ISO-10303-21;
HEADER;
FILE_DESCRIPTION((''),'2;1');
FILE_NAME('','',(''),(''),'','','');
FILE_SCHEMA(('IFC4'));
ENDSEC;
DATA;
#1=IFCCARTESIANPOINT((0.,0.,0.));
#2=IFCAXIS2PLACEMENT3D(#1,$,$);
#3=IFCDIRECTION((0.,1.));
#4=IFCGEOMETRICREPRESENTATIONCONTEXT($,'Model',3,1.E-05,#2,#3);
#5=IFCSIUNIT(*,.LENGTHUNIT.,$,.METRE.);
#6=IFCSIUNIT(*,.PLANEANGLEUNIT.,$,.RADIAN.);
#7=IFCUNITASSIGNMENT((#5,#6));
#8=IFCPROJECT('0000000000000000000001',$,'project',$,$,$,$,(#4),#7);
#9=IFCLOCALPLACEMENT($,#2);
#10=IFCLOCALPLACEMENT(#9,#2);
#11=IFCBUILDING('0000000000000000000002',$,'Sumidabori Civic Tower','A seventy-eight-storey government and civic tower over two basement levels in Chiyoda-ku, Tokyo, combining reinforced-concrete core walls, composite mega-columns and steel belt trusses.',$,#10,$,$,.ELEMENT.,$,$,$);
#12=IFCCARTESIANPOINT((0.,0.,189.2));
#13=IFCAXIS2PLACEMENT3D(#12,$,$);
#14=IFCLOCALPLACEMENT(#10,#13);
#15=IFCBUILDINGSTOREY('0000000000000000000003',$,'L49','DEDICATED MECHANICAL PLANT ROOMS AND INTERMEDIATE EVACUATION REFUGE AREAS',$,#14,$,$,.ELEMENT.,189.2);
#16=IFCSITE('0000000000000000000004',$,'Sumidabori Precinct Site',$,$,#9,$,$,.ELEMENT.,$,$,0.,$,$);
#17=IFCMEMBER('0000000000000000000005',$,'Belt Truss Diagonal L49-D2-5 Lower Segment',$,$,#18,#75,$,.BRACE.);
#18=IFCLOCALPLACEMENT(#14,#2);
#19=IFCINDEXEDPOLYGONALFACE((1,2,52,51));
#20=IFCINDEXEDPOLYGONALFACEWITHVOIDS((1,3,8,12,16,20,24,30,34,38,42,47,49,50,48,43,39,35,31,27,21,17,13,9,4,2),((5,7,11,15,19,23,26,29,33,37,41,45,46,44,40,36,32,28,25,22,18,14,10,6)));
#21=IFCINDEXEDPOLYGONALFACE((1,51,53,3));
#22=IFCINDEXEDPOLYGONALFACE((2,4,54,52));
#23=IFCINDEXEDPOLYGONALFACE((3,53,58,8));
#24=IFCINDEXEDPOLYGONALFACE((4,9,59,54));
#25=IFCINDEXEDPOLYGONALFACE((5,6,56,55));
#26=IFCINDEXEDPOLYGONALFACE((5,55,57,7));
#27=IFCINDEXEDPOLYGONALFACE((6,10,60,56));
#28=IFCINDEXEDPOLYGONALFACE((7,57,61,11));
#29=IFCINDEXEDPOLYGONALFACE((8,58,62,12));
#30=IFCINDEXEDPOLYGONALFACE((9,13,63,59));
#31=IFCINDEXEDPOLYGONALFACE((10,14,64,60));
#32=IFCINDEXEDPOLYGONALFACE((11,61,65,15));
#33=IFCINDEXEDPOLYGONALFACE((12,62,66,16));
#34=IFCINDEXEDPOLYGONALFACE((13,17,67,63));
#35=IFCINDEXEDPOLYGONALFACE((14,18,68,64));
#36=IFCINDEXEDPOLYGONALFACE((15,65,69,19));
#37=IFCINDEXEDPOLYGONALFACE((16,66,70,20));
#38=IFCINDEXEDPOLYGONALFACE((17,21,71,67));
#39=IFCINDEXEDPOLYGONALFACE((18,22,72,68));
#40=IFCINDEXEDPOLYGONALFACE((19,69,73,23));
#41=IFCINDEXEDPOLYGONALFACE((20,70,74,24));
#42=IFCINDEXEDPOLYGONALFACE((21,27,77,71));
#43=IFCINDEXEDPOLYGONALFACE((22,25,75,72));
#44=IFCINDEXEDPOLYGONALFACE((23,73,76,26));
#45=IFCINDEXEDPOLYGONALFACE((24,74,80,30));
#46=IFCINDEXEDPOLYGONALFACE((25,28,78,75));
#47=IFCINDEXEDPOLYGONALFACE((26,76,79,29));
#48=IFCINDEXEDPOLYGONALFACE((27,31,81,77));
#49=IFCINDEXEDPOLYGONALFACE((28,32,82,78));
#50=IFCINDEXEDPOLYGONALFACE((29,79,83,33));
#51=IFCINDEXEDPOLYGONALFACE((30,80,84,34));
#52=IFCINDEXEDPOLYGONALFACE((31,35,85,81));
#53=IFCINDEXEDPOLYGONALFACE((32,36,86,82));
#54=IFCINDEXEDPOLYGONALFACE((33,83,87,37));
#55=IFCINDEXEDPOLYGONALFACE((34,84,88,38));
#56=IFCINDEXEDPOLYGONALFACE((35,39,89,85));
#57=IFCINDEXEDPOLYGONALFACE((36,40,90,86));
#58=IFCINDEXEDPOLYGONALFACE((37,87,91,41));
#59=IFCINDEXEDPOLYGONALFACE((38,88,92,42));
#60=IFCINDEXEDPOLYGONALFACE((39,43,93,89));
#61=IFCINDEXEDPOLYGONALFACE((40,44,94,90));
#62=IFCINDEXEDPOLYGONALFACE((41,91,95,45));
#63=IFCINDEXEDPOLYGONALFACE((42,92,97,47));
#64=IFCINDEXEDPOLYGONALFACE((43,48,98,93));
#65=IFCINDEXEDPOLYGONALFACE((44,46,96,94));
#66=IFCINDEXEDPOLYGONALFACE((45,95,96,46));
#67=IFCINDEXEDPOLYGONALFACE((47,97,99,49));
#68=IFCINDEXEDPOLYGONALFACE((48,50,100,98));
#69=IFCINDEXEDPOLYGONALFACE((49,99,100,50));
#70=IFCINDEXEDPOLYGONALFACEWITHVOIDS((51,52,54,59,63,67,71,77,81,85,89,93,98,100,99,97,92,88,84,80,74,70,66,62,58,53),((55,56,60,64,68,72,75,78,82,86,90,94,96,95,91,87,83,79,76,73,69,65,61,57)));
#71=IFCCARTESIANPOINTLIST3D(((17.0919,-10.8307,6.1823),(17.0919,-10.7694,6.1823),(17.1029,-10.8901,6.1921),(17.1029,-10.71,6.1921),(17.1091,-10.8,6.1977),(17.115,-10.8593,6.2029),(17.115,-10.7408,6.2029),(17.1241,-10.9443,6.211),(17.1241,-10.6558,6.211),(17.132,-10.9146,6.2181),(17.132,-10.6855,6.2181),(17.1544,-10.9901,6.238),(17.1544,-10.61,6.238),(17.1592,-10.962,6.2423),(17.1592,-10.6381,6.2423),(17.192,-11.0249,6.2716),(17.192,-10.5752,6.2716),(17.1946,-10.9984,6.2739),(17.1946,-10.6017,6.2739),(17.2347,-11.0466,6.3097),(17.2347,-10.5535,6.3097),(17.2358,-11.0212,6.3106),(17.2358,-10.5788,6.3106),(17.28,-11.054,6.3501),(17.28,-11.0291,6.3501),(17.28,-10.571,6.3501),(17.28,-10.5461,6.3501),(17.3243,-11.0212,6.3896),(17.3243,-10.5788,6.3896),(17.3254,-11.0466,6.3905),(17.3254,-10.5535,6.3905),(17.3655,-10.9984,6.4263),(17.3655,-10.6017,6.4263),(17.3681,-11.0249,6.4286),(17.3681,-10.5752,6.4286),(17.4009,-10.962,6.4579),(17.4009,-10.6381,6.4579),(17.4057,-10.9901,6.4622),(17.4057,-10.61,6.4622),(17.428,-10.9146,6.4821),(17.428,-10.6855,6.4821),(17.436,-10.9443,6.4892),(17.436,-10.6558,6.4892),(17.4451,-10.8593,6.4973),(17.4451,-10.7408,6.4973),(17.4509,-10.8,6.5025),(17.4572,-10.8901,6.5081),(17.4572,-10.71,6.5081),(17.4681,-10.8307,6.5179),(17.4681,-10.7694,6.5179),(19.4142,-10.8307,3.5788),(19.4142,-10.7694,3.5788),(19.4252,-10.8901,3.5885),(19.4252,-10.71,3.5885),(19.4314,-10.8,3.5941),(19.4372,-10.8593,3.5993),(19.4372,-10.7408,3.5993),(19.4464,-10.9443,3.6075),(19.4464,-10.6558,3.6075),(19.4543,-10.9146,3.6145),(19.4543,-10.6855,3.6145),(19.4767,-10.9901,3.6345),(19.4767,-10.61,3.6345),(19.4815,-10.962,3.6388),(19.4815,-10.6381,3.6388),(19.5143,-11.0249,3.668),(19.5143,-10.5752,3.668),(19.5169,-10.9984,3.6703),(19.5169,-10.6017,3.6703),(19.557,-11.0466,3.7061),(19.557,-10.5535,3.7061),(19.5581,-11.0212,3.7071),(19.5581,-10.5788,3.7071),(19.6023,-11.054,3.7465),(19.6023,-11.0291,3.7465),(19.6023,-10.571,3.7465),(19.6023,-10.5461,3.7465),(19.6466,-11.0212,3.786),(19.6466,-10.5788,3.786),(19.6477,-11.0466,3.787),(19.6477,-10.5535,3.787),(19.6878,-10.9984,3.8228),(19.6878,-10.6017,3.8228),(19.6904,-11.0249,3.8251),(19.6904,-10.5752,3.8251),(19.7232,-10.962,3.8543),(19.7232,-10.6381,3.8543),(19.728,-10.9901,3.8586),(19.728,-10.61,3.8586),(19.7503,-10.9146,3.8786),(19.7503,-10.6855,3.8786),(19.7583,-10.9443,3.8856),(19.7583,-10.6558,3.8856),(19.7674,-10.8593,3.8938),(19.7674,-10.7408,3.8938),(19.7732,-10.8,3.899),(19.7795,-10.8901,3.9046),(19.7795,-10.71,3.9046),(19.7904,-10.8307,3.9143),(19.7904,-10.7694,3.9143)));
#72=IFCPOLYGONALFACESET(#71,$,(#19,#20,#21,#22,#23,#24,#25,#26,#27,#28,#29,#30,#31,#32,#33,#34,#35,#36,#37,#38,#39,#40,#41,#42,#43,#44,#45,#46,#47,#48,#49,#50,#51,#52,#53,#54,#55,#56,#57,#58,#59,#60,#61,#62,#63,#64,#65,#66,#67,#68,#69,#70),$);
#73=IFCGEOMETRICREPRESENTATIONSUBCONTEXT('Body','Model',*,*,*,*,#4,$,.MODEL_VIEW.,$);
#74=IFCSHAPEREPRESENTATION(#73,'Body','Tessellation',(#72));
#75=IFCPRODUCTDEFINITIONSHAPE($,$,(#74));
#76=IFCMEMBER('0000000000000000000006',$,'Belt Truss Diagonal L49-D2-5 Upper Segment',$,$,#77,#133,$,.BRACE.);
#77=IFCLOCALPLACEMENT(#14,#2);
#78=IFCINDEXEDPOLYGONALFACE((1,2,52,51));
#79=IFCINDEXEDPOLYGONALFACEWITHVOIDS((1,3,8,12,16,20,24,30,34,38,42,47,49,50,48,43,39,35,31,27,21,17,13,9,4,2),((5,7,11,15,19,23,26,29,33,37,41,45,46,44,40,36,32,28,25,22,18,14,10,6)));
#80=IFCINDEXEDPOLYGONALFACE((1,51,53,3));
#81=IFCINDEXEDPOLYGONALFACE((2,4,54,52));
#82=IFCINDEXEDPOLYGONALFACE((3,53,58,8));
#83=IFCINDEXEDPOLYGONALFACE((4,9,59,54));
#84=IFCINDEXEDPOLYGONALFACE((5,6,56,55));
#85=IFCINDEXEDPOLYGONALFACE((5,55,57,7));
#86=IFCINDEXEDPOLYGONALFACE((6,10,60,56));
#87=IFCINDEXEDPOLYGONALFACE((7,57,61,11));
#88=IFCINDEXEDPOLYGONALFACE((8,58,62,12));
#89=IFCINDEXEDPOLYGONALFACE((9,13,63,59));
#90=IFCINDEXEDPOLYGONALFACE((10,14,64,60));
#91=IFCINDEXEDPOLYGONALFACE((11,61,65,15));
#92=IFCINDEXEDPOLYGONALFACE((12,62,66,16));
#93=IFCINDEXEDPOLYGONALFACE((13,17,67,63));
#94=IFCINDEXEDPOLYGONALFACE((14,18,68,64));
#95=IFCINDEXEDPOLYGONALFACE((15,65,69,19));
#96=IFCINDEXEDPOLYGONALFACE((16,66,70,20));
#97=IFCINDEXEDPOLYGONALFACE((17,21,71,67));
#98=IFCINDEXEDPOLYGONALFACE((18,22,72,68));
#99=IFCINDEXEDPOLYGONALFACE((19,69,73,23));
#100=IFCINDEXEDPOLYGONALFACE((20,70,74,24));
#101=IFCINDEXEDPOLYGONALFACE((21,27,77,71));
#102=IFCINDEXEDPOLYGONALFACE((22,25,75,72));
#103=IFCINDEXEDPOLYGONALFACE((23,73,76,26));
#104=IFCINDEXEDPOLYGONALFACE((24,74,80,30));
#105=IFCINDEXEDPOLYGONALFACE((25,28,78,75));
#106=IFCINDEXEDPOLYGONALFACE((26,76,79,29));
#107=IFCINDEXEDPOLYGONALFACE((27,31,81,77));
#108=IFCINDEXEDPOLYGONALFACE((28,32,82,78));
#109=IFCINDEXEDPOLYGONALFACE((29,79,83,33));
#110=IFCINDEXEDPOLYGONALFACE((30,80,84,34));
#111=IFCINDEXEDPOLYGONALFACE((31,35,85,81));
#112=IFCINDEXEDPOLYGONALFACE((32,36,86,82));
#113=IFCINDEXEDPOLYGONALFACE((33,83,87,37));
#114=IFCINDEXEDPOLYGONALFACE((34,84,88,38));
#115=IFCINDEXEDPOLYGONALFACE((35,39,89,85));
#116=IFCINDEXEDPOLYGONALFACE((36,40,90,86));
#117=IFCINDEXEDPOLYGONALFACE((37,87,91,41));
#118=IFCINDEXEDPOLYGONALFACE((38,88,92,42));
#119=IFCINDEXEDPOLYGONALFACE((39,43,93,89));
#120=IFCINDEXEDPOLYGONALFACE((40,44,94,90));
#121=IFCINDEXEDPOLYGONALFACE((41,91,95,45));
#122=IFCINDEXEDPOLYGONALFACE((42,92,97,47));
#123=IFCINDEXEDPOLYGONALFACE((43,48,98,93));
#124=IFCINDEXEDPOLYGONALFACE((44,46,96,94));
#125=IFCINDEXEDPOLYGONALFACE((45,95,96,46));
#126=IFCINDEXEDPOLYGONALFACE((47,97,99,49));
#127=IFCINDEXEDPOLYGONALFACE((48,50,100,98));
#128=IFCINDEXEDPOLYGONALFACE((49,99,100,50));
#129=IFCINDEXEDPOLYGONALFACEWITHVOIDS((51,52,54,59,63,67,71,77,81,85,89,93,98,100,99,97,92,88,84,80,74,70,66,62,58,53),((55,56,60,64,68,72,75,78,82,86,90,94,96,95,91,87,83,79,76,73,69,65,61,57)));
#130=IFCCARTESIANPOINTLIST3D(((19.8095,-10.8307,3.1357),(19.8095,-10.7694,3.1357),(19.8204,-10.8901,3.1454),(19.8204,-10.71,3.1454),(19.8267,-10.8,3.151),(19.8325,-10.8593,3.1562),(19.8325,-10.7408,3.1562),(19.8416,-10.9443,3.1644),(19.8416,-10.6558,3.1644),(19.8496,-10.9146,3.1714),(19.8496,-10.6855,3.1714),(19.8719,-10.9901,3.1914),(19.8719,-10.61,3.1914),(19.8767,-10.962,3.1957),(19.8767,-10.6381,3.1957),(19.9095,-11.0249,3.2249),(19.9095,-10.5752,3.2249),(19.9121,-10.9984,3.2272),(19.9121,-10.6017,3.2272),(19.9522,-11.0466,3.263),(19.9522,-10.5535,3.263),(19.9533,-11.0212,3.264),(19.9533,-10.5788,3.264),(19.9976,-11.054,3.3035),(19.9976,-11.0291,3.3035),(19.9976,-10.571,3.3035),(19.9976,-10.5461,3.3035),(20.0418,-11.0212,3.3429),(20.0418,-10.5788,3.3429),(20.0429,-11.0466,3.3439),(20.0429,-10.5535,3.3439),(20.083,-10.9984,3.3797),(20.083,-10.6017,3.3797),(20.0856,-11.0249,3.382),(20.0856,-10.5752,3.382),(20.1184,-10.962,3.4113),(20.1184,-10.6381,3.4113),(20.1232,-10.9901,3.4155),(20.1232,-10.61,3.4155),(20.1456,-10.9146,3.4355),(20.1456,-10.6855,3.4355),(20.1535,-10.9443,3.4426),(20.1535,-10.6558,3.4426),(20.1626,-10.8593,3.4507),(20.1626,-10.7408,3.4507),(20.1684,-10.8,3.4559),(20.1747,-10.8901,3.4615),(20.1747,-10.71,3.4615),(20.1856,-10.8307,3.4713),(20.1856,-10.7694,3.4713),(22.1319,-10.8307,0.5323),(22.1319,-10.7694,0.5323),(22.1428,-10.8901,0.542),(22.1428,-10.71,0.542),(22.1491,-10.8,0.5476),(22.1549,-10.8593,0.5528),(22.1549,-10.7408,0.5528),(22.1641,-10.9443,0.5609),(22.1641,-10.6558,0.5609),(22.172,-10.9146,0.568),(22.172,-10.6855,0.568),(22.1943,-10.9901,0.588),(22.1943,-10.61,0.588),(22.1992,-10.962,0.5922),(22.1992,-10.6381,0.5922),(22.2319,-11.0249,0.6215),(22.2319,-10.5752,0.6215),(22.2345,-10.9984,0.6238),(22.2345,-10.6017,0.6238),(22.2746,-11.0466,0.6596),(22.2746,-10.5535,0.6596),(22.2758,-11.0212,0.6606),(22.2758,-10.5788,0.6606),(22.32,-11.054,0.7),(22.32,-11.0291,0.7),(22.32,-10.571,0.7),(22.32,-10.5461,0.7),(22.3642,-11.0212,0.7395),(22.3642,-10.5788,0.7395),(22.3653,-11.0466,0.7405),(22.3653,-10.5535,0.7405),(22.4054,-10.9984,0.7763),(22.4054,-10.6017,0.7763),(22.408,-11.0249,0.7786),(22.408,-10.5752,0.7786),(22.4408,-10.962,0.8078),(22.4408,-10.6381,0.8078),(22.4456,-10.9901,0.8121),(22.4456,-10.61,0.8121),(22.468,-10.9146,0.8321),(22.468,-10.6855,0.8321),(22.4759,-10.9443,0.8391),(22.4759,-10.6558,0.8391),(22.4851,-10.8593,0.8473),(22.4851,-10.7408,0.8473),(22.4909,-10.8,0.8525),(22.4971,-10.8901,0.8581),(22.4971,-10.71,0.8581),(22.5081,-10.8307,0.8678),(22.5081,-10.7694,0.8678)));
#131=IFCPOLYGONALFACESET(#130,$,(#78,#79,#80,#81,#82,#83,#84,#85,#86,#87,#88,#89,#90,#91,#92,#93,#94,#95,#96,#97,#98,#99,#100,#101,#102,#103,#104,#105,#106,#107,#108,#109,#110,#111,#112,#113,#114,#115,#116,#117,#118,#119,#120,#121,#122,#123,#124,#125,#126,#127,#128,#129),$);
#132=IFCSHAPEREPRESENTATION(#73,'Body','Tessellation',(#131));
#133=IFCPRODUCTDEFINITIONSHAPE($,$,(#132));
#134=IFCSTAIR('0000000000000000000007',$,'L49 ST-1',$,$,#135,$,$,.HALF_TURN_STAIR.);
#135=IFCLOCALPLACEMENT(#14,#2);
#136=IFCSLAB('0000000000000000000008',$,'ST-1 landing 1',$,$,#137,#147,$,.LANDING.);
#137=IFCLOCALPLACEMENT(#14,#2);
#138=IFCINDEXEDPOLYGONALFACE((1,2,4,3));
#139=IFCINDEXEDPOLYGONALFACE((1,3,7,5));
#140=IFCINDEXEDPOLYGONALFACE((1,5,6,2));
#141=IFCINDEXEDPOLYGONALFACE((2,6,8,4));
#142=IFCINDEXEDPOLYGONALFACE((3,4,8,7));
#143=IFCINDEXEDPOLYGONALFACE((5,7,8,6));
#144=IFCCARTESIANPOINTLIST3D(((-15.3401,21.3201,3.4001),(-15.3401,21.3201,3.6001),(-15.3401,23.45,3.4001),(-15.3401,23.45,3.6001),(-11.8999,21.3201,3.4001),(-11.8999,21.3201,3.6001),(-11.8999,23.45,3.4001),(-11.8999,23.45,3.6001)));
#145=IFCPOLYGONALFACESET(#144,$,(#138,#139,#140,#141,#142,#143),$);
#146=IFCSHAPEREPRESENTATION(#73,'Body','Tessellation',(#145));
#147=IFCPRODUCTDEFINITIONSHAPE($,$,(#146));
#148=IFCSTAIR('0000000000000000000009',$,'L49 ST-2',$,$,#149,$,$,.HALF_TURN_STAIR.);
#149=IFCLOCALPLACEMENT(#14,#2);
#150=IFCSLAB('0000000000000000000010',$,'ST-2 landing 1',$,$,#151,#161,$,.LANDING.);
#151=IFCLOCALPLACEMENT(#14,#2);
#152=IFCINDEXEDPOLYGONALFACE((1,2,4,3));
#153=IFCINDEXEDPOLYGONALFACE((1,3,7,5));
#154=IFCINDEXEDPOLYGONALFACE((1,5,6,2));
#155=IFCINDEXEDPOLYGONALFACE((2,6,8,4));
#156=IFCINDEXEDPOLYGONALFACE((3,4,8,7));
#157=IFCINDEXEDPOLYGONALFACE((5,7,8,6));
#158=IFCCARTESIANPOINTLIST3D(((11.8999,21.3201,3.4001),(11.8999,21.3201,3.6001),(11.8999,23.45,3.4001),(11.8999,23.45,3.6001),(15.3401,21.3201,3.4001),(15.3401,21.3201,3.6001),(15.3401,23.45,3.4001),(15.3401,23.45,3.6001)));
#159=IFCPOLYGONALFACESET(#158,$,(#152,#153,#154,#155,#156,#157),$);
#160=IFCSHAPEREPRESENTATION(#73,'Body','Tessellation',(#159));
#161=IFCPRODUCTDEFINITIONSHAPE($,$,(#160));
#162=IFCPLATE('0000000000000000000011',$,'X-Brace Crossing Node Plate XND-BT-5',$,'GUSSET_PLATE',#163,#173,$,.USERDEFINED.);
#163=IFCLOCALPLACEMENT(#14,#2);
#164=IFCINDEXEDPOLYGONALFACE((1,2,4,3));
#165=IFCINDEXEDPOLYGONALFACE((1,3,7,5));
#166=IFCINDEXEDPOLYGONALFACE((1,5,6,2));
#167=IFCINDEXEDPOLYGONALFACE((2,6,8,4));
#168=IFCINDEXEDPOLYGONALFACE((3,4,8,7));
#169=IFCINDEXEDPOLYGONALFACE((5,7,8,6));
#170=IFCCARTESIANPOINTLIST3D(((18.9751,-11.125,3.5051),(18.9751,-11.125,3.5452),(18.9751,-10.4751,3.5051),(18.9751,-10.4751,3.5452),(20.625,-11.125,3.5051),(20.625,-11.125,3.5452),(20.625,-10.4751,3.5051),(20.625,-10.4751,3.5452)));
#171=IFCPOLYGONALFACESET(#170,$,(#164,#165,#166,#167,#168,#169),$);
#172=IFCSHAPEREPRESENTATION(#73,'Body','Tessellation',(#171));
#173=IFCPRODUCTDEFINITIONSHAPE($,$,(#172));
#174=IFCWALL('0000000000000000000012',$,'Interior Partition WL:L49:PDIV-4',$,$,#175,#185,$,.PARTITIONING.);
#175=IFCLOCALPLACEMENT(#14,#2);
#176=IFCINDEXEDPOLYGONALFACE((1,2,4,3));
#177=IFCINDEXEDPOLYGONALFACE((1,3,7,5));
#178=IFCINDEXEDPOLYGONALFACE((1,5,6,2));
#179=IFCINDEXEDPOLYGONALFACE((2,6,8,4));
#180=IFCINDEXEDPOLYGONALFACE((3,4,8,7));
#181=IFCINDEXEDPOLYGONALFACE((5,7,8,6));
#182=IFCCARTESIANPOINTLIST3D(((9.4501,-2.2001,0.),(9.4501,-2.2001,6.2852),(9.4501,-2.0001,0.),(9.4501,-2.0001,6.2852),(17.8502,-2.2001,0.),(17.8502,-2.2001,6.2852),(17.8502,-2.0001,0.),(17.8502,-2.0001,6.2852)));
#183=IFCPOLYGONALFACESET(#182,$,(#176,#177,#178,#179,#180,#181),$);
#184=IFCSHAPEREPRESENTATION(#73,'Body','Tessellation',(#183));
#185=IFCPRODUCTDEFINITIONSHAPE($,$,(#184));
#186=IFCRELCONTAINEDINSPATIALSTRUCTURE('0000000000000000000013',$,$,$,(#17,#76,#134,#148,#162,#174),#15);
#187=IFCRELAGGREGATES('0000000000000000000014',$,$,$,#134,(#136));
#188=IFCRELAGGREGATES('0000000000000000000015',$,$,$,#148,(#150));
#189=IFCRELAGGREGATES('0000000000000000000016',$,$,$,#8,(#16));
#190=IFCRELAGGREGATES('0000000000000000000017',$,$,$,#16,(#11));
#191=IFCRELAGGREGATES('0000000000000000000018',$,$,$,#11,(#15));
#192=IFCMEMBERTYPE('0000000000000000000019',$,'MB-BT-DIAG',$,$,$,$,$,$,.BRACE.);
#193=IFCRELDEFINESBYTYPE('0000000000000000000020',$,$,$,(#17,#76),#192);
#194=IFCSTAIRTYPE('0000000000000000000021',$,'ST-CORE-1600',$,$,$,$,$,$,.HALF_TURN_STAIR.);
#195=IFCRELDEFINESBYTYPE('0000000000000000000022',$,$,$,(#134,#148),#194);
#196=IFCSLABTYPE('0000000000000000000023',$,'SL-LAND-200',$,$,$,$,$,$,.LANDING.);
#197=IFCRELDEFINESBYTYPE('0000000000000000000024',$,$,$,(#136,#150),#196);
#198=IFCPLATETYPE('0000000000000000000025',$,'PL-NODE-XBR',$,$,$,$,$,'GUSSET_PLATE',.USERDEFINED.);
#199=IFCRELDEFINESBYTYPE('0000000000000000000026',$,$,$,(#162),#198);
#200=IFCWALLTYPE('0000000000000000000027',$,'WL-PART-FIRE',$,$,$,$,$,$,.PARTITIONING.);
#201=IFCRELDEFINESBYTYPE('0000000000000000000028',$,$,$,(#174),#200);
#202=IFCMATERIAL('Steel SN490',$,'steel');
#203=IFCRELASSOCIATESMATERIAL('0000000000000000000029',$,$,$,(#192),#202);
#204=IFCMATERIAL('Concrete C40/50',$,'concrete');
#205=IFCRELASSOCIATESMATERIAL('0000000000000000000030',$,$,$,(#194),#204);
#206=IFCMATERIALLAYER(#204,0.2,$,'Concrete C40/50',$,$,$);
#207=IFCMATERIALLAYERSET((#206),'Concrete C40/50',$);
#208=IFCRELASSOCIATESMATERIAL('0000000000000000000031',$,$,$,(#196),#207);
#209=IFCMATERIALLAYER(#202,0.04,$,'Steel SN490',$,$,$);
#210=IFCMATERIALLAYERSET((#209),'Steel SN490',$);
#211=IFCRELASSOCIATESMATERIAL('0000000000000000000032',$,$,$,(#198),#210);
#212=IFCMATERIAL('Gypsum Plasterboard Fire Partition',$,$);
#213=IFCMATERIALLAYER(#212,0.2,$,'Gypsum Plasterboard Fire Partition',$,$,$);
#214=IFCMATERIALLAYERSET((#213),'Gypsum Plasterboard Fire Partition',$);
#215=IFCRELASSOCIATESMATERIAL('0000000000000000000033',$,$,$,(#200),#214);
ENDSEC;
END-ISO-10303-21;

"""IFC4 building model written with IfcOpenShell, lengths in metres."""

from ifc_helpers import new_model, si_unit, direction, frame, frame_2d, origin, origin_2d, place, context, subcontext, project, spatial, polyline, rectangle, hollow_circle, outline, extrude, source, transform, mapped, material, layer, layer_set, material_profile, profile_set, type_object, element, aggregate, save


model = new_model("IFC4")

# Units and contexts
model_context = context("Model", 3, precision=1e-05, world=origin(), true_north=direction((0.0, 1.0)))
body_context = subcontext(model_context, "Body", "Model", "MODEL_VIEW")
ifc_project = project(units=[si_unit("LENGTHUNIT", "METRE"), si_unit("PLANEANGLEUNIT", "RADIAN")], contexts=[model_context])

# Site, building, storey
site_placement = place(None, origin())
site = spatial("IfcSite", under=ifc_project, at=site_placement, Name="Sumidabori Precinct Site", CompositionType="ELEMENT", RefElevation=0.0)
building_placement = place(site_placement, origin())
building = spatial("IfcBuilding", under=site, at=building_placement, Name="Sumidabori Civic Tower", Description="A seventy-eight-storey government and civic tower over two basement levels in Chiyoda-ku, Tokyo, combining reinforced-concrete core walls, composite mega-columns and steel belt trusses.", CompositionType="ELEMENT")
storey_placement = place(building_placement, frame((0.0, 0.0, 189.2)))
storey = spatial("IfcBuildingStorey", under=building, at=storey_placement, Name="L49", Description="DEDICATED MECHANICAL PLANT ROOMS AND INTERMEDIATE EVACUATION REFUGE AREAS", CompositionType="ELEMENT", Elevation=189.2)

# Shared definitions
ifc_material_1 = material(Name="Steel SN490", Category="steel")

# Members
ifc_material_profile_1 = material_profile(ifc_material_1, hollow_circle(Radius=0.2539, WallThickness=0.0249, at=origin_2d()), Name="CHS 508x25")
ifc_profile_set_1 = profile_set([ifc_material_profile_1], Name="Steel SN490")
member_type = type_object("IfcMemberType", Name="MB-BT-DIAG", PredefinedType="BRACE", material=ifc_profile_set_1)
shared_shape_1 = source(origin(), body_context, "Body", "SweptSolid", [
    extrude(hollow_circle(Radius=0.2539, WallThickness=0.0249, at=origin_2d()), origin(), (0.0, 0.0, 1.0), 3.4888),
])
for number, where, z_axis, x_axis, name in (
    (1, (17.28, -10.8, 6.3501), (0.665649, 0.0, -0.746265), (0.0, 1.0, 0.0), "Belt Truss Diagonal L49-D2-5 Lower Segment"),
    (2, (19.9976, -10.8, 3.3035), (0.665688, 0.0, -0.746231), (0.0, 1.0, 0.0), "Belt Truss Diagonal L49-D2-5 Upper Segment"),
):
    element("IfcMember", number, at=place(storey_placement, frame(where, z_axis=z_axis, x_axis=x_axis)), inside=storey, type_object=member_type, Name=name, PredefinedType="BRACE", context=body_context, shape_type="MappedRepresentation", body=[
        mapped(shared_shape_1, transform((0.0, 0.0, 0.0), x_axis=(1.0, 0.0, 0.0), y_axis=(0.0, 1.0, 0.0), z_axis=(0.0, 0.0, 1.0), scale=1.0)),
    ])

# Stairs, slabs
ifc_material_2 = material(Name="Concrete C40/50", Category="concrete")
stair_type = type_object("IfcStairType", Name="ST-CORE-1600", PredefinedType="HALF_TURN_STAIR", material=ifc_material_2)
stair_1_placement = place(storey_placement, origin())
stair_1 = element("IfcStair", 3, at=stair_1_placement, inside=storey, type_object=stair_type, Name="L49 ST-1", PredefinedType="HALF_TURN_STAIR")
ifc_layer_1 = layer(ifc_material_2, 0.2, Name="Concrete C40/50")
ifc_layer_set_1 = layer_set([ifc_layer_1], Name="Concrete C40/50")
slab_type = type_object("IfcSlabType", Name="SL-LAND-200", PredefinedType="LANDING", material=ifc_layer_set_1)
slab_1_placement = place(storey_placement, frame((0.0, 0.0, 3.4001)))
slab_1 = element("IfcSlab", 4, at=slab_1_placement, type_object=slab_type, Name="ST-1 landing 1", PredefinedType="LANDING", context=body_context, shape_type="SweptSolid", body=[
    extrude(outline(polyline([(-11.8999, 21.3201), (-11.8999, 23.45), (-15.3401, 23.45), (-15.3401, 21.3201), (-11.8999, 21.3201)])), origin(), (0.0, 0.0, 1.0), 0.2),
])
aggregate(stair_1, [slab_1])
stair_2_placement = place(storey_placement, origin())
stair_2 = element("IfcStair", 5, at=stair_2_placement, inside=storey, type_object=stair_type, Name="L49 ST-2", PredefinedType="HALF_TURN_STAIR")
slab_2_placement = place(storey_placement, frame((0.0, 0.0, 3.4001)))
slab_2 = element("IfcSlab", 6, at=slab_2_placement, type_object=slab_type, Name="ST-2 landing 1", PredefinedType="LANDING", context=body_context, shape_type="SweptSolid", body=[
    extrude(outline(polyline([(15.3401, 21.3201), (15.3401, 23.45), (11.8999, 23.45), (11.8999, 21.3201), (15.3401, 21.3201)])), origin(), (0.0, 0.0, 1.0), 0.2),
])
aggregate(stair_2, [slab_2])

# Plate
ifc_layer_2 = layer(ifc_material_1, 0.04, Name="Steel SN490")
ifc_layer_set_2 = layer_set([ifc_layer_2], Name="Steel SN490")
plate_type = type_object("IfcPlateType", Name="PL-NODE-XBR", ElementType="GUSSET_PLATE", PredefinedType="USERDEFINED", material=ifc_layer_set_2)
shared_shape_2 = source(origin(), body_context, "Body", "SweptSolid", [
    extrude(rectangle(XDim=1.6499, YDim=0.6499, at=origin_2d()), origin(), (0.0, 0.0, 1.0), 0.04),
])
plate_placement = place(storey_placement, frame((19.8, -10.8, 3.5051), z_axis=(0.0, 0.0, 1.0), x_axis=(1.0, 0.0, 0.0)))
element("IfcPlate", 7, at=plate_placement, inside=storey, type_object=plate_type, Name="X-Brace Crossing Node Plate XND-BT-5", ObjectType="GUSSET_PLATE", PredefinedType="USERDEFINED", context=body_context, shape_type="MappedRepresentation", body=[
    mapped(shared_shape_2, transform((0.0, 0.0, 0.0), x_axis=(1.0, 0.0, 0.0), y_axis=(0.0, 1.0, 0.0), z_axis=(0.0, 0.0, 1.0), scale=1.0)),
])

# Wall
ifc_material_3 = material(Name="Gypsum Plasterboard Fire Partition")
ifc_layer_3 = layer(ifc_material_3, 0.2, Name="Gypsum Plasterboard Fire Partition")
ifc_layer_set_3 = layer_set([ifc_layer_3], Name="Gypsum Plasterboard Fire Partition")
wall_type = type_object("IfcWallType", Name="WL-PART-FIRE", PredefinedType="PARTITIONING", material=ifc_layer_set_3)
shared_shape_3 = source(origin(), body_context, "Body", "SweptSolid", [
    extrude(rectangle(XDim=8.4001, YDim=0.2, at=frame_2d((4.2002, 0.0))), origin(), (0.0, 0.0, 1.0), 6.2852),
])
wall_placement = place(storey_placement, frame((9.45, -2.1001, 0.0), z_axis=(0.0, 0.0, 1.0), x_axis=(1.0, 0.0, 0.0)))
element("IfcWall", 8, at=wall_placement, inside=storey, type_object=wall_type, Name="Interior Partition WL:L49:PDIV-4", PredefinedType="PARTITIONING", context=body_context, shape_type="MappedRepresentation", body=[
    mapped(shared_shape_3, transform((0.0, 0.0, 0.0), x_axis=(1.0, 0.0, 0.0), y_axis=(0.0, 1.0, 0.0), z_axis=(0.0, 0.0, 1.0), scale=1.0)),
])

save(model, "model.ifc")
